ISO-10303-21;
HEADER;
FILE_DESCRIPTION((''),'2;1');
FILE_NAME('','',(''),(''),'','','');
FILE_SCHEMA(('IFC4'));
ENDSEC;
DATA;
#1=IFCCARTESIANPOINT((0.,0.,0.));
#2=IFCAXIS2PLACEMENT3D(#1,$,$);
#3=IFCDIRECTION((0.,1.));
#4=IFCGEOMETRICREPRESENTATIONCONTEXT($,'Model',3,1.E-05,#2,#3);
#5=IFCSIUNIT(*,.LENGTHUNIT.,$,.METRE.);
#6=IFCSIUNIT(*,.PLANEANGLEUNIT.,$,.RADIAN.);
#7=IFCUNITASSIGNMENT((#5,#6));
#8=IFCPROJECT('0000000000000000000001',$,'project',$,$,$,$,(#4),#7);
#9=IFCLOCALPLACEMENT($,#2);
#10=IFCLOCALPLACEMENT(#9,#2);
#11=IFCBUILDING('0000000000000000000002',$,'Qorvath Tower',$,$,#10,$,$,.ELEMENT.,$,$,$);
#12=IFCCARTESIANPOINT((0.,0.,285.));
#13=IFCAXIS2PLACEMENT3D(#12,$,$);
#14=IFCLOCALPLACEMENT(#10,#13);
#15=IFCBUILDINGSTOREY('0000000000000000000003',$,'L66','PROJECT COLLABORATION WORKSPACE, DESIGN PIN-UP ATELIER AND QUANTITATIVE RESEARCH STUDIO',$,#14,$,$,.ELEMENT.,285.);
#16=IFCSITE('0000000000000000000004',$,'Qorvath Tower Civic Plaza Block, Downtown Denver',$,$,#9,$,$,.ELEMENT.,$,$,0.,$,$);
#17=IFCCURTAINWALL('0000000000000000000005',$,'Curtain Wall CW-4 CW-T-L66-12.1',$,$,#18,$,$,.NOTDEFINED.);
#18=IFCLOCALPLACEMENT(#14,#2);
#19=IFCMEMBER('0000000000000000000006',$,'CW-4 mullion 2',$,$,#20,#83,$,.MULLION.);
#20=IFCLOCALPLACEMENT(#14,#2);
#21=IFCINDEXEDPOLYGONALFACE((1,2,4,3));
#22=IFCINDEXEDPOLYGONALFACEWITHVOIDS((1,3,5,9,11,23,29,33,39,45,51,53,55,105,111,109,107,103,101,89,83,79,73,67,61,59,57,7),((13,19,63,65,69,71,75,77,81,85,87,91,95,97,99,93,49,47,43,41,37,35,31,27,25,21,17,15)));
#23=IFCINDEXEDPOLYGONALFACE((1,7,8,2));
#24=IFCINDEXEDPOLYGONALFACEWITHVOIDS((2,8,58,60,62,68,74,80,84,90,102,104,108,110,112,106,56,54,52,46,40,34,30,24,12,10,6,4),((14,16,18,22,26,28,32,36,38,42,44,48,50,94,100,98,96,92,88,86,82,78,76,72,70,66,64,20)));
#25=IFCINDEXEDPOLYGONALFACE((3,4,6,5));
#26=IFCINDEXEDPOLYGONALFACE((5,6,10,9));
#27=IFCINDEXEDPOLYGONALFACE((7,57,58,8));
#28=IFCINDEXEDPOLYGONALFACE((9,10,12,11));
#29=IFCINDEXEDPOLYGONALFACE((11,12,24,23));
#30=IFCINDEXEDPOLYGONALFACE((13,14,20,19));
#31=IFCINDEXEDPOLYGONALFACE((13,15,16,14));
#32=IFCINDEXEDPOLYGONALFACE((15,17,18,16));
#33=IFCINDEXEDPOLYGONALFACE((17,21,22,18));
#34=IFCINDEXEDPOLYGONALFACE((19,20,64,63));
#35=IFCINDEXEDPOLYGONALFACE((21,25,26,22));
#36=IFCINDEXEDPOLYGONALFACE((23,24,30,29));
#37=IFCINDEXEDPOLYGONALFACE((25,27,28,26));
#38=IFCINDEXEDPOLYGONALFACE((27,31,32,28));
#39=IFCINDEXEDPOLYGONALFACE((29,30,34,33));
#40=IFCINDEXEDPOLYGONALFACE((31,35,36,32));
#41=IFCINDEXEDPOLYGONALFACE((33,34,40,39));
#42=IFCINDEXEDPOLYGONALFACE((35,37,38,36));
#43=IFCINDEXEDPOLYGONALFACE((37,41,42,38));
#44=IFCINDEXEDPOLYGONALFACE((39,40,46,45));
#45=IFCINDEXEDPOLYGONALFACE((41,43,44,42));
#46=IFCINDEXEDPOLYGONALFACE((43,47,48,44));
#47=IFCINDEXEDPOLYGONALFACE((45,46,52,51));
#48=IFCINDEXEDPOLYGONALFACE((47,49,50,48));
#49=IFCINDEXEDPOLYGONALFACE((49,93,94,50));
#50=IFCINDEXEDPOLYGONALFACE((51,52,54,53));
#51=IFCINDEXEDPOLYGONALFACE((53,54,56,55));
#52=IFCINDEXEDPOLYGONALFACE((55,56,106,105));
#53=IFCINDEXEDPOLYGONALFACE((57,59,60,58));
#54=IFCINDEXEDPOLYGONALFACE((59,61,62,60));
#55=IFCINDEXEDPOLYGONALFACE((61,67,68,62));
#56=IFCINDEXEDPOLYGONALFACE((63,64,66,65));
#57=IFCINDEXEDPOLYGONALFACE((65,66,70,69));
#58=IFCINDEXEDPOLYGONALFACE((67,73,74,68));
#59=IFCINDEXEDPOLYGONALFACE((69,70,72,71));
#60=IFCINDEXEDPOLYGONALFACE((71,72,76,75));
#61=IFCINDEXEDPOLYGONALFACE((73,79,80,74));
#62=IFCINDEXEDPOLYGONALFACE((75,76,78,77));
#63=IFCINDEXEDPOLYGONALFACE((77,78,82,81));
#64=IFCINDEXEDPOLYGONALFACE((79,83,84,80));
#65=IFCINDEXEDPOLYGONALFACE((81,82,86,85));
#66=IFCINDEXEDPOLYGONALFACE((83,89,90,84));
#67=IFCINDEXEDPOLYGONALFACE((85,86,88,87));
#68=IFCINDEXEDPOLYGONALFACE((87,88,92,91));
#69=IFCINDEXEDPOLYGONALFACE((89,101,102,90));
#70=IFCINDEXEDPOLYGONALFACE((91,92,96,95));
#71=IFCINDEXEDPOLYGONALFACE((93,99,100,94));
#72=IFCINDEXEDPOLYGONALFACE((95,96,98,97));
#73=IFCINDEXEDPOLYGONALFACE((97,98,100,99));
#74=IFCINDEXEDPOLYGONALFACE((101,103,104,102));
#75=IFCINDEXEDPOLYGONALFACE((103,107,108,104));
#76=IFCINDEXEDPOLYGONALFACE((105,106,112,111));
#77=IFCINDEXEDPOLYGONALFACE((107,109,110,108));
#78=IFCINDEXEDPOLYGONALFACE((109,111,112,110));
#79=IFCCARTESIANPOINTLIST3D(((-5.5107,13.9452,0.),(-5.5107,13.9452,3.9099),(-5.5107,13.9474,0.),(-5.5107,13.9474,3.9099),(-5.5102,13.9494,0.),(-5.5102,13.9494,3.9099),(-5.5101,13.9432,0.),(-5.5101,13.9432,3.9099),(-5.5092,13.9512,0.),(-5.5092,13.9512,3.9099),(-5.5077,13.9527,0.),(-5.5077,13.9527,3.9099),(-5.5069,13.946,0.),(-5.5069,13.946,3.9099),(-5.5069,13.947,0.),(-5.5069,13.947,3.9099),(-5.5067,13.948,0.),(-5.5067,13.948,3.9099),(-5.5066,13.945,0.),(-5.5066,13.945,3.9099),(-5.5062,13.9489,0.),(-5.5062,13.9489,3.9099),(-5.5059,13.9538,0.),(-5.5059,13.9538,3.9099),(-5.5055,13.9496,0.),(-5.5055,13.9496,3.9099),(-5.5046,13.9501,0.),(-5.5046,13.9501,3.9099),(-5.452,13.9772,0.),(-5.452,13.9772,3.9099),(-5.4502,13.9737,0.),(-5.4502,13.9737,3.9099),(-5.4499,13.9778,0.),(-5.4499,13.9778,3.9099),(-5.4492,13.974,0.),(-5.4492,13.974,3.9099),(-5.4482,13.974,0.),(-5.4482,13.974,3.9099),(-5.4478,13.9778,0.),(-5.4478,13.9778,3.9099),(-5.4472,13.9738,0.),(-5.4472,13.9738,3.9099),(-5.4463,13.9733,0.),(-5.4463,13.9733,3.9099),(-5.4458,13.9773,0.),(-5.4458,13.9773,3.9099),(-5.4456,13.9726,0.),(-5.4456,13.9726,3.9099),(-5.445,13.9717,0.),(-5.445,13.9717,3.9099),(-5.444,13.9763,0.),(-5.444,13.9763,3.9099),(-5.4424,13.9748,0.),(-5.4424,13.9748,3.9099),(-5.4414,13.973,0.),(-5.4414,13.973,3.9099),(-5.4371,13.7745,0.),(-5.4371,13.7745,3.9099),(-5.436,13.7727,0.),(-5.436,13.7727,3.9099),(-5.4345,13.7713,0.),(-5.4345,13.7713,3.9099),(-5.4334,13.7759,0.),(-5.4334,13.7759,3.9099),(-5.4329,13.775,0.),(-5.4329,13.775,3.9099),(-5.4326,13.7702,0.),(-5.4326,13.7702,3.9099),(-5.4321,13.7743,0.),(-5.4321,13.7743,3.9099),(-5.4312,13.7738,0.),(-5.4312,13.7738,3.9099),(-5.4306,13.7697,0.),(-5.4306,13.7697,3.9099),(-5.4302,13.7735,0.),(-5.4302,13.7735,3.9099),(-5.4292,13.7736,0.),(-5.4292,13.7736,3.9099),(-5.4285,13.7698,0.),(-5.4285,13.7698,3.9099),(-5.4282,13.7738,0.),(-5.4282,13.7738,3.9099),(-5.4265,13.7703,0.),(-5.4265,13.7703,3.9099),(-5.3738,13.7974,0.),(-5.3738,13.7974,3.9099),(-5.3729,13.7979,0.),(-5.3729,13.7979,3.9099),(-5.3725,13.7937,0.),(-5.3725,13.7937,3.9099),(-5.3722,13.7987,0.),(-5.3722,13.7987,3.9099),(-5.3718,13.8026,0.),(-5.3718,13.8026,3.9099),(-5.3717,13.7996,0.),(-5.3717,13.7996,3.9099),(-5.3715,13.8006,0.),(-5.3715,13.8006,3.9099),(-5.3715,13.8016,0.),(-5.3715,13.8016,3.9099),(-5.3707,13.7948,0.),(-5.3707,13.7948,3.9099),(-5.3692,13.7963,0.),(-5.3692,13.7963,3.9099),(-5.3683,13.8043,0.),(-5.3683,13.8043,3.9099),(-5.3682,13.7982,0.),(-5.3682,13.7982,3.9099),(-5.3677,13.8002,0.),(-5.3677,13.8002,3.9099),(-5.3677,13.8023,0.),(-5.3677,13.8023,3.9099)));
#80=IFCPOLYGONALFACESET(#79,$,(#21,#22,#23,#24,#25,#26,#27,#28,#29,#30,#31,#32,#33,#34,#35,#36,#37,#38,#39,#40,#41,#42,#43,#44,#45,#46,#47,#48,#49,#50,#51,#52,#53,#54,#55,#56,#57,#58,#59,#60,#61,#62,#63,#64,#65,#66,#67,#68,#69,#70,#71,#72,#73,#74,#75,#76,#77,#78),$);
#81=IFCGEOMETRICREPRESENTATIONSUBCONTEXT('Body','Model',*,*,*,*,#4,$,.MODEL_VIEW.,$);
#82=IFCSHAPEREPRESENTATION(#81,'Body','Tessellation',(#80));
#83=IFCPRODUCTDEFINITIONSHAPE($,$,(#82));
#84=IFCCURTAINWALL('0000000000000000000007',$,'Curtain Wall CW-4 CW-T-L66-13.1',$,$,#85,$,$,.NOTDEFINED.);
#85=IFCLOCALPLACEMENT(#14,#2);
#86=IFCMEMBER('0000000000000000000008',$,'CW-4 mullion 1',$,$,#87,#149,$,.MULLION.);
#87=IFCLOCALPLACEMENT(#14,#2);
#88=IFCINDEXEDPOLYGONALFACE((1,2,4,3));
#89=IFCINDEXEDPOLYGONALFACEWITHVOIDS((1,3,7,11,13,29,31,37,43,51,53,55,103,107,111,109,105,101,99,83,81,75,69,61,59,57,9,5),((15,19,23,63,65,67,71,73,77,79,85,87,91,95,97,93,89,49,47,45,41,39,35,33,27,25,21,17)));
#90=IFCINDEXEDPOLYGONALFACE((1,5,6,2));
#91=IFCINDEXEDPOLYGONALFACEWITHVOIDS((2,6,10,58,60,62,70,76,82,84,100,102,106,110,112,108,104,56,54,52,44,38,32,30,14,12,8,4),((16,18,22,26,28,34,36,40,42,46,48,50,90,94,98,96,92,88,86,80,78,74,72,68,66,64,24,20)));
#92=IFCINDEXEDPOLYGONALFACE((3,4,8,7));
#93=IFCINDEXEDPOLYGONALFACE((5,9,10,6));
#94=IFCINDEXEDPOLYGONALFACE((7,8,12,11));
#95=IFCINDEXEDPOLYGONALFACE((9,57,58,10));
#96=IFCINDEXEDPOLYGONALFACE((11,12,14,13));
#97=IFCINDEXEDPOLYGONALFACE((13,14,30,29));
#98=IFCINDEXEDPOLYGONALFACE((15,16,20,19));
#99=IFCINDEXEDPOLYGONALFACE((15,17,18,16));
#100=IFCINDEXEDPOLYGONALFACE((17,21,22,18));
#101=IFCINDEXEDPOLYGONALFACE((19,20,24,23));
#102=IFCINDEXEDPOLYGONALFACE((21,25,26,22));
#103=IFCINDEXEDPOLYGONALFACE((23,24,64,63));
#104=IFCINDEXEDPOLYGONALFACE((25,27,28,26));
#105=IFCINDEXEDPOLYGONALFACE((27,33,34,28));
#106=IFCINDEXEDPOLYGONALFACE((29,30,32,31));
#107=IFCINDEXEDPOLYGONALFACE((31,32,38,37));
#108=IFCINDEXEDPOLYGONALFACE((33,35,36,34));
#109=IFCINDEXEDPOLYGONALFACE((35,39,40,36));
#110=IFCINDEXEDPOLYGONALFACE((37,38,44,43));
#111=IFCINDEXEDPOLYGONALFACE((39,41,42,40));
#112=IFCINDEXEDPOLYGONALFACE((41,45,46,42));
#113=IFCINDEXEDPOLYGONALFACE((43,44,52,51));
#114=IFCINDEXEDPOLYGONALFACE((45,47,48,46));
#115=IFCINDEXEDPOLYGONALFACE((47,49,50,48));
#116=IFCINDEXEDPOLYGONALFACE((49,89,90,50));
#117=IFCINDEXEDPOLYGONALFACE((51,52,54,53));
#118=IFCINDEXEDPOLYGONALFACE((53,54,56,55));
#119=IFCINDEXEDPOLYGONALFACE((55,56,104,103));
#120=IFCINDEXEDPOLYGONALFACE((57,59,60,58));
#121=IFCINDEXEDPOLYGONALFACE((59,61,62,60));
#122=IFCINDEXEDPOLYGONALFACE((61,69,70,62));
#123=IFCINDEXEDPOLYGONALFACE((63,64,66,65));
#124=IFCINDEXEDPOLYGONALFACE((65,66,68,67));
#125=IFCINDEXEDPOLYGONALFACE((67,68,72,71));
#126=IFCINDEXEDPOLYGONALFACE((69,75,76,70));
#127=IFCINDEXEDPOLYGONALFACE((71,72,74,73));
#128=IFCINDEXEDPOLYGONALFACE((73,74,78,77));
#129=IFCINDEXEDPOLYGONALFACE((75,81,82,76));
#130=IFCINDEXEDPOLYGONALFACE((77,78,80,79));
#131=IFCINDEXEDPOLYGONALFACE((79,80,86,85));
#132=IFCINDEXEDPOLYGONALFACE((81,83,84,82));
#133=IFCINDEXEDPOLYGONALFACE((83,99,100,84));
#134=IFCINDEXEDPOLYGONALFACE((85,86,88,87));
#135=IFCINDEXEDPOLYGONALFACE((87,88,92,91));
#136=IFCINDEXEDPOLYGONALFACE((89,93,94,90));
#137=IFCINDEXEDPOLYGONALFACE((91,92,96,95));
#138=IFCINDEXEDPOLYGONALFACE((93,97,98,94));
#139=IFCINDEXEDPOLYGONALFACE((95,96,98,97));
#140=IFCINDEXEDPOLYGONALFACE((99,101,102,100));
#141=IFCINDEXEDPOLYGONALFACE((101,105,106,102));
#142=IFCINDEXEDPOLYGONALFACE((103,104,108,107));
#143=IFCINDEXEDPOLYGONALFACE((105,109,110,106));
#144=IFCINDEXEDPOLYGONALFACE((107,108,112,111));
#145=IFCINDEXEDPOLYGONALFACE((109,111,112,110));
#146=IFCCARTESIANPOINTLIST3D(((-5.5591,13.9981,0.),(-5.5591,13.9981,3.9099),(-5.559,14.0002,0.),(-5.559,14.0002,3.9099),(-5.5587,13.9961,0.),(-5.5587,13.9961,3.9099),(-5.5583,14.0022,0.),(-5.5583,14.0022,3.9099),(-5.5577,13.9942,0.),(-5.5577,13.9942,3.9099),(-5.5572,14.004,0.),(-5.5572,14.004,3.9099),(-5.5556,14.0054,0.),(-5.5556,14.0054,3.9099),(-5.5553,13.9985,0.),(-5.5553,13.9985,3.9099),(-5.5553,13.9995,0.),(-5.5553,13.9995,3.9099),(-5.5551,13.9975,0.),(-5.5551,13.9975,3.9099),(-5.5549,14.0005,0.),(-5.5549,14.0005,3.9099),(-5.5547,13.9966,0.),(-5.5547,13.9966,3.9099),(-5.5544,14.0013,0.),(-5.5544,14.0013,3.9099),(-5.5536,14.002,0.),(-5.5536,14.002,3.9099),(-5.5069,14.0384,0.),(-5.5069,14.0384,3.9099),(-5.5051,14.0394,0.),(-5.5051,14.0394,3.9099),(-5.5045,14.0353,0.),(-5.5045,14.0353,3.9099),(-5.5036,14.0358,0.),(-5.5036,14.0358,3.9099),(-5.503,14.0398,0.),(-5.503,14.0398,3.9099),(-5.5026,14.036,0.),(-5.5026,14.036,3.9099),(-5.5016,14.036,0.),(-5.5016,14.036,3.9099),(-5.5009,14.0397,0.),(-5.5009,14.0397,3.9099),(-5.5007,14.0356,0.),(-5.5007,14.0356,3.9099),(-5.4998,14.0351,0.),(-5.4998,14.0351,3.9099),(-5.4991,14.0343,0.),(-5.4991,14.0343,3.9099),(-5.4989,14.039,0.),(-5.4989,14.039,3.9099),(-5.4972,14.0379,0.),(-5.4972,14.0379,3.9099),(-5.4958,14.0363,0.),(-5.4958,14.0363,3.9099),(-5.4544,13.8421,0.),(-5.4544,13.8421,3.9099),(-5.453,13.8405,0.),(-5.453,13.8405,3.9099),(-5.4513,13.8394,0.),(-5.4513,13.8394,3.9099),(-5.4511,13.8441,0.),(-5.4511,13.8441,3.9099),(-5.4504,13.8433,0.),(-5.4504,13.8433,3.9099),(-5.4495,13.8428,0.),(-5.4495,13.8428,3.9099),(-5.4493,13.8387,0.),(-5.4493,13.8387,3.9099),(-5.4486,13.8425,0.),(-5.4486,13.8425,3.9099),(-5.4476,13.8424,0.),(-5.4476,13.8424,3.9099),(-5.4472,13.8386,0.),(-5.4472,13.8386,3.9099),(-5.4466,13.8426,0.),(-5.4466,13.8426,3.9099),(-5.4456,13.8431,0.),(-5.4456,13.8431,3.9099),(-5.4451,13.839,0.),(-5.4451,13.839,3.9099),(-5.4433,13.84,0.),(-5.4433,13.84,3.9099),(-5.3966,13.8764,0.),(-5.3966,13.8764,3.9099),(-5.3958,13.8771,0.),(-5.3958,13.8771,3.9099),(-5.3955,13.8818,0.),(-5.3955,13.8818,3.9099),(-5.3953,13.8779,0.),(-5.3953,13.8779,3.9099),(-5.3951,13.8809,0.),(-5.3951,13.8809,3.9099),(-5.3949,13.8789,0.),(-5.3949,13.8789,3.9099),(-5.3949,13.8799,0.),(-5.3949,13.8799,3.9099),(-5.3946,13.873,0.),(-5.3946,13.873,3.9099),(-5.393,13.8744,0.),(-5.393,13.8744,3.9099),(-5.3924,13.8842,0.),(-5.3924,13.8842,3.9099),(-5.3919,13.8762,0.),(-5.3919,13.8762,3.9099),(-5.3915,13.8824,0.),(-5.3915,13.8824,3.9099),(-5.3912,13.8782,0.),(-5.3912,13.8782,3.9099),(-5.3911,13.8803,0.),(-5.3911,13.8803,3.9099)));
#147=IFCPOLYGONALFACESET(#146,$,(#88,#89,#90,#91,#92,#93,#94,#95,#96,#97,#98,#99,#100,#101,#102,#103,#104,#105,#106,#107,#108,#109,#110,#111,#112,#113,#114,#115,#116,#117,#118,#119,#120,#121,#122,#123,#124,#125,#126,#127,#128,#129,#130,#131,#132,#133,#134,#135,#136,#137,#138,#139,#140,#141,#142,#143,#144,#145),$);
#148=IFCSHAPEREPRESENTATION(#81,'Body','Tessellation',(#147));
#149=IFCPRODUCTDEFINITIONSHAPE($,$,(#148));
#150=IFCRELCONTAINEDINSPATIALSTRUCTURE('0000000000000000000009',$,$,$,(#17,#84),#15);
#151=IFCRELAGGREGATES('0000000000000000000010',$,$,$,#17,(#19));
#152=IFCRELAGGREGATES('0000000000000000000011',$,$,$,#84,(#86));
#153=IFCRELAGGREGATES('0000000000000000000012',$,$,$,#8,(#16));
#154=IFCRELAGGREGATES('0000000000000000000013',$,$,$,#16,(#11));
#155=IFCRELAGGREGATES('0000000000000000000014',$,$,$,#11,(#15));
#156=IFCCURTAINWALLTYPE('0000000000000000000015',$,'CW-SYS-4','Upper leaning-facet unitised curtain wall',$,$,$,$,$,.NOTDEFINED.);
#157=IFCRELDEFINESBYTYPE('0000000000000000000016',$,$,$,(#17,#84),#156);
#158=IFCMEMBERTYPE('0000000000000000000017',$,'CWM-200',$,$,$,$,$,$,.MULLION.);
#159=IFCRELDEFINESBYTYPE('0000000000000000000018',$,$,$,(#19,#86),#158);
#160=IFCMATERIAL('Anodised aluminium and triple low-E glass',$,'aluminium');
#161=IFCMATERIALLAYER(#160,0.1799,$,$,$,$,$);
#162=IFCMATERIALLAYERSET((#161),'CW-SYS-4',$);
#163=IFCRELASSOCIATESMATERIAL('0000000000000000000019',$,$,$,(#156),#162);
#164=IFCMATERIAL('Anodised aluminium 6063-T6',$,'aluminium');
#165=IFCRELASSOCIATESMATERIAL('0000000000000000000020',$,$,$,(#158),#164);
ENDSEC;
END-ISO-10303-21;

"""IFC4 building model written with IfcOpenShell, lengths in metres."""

from ifc_helpers import new_model, si_unit, direction, frame, origin, origin_2d, place, context, subcontext, project, spatial, hollow_rectangle, extrude, material, layer, layer_set, material_profile, profile_set, type_object, element, aggregate, save


model = new_model("IFC4")

# Units and contexts
model_context = context("Model", 3, precision=1e-05, world=origin(), true_north=direction((0.0, 1.0)))
body_context = subcontext(model_context, "Body", "Model", "MODEL_VIEW")
ifc_project = project(units=[si_unit("LENGTHUNIT", "METRE"), si_unit("PLANEANGLEUNIT", "RADIAN")], contexts=[model_context])

# Site, building, storey
site_placement = place(None, origin())
site = spatial("IfcSite", under=ifc_project, at=site_placement, Name="Qorvath Tower Civic Plaza Block, Downtown Denver", CompositionType="ELEMENT", RefElevation=0.0)
building_placement = place(site_placement, origin())
building = spatial("IfcBuilding", under=site, at=building_placement, Name="Qorvath Tower", CompositionType="ELEMENT")
storey_placement = place(building_placement, frame((0.0, 0.0, 285.0)))
storey = spatial("IfcBuildingStorey", under=building, at=storey_placement, Name="L66", Description="PROJECT COLLABORATION WORKSPACE, DESIGN PIN-UP ATELIER AND QUANTITATIVE RESEARCH STUDIO", CompositionType="ELEMENT", Elevation=285.0)

# Curtain wall, member
ifc_material_1 = material(Name="Anodised aluminium and triple low-E glass", Category="aluminium")
ifc_layer_1 = layer(ifc_material_1, 0.1799)
ifc_layer_set_1 = layer_set([ifc_layer_1], Name="CW-SYS-4")
curtain_wall_type = type_object("IfcCurtainWallType", Name="CW-SYS-4", Description="Upper leaning-facet unitised curtain wall", PredefinedType="NOTDEFINED", material=ifc_layer_set_1)
curtain_wall_1_placement = place(storey_placement, origin())
curtain_wall_1 = element("IfcCurtainWall", 1, at=curtain_wall_1_placement, inside=storey, type_object=curtain_wall_type, Name="Curtain Wall CW-4 CW-T-L66-12.1", PredefinedType="NOTDEFINED")
ifc_material_2 = material(Name="Anodised aluminium 6063-T6", Category="aluminium")
ifc_material_profile_1 = material_profile(ifc_material_2, hollow_rectangle(XDim=0.075, YDim=0.2, WallThickness=0.0039, InnerFilletRadius=0.0039, OuterFilletRadius=0.0081, at=origin_2d()), Name="CWM 200x75")
ifc_profile_set_1 = profile_set([ifc_material_profile_1], Name="Anodised aluminium 6063-T6")
member_type_1 = type_object("IfcMemberType", Name="CWM-200", PredefinedType="MULLION", material=ifc_profile_set_1)
member_1_placement = place(storey_placement, frame((-5.4392, 13.8738, 0.0), z_axis=(0.0, 0.0, 1.0), x_axis=(-0.917598, -0.397509, 0.0)))
member_1 = element("IfcMember", 2, at=member_1_placement, type_object=member_type_1, Name="CW-4 mullion 2", PredefinedType="MULLION", context=body_context, shape_type="SweptSolid", body=[
    extrude(hollow_rectangle(XDim=0.075, YDim=0.2, WallThickness=0.0039, InnerFilletRadius=0.0039, OuterFilletRadius=0.0081, at=origin_2d()), origin(), (0.0, 0.0, 1.0), 3.9099),
])
aggregate(curtain_wall_1, [member_1])

# Curtain wall, member
curtain_wall_2_placement = place(storey_placement, origin())
curtain_wall_2 = element("IfcCurtainWall", 3, at=curtain_wall_2_placement, inside=storey, type_object=curtain_wall_type, Name="Curtain Wall CW-4 CW-T-L66-13.1", PredefinedType="NOTDEFINED")
member_2_placement = place(storey_placement, frame((-5.4751, 13.9392, 0.0), z_axis=(0.0, 0.0, 1.0), x_axis=(-0.827177, -0.561941, 0.0)))
member_2 = element("IfcMember", 4, at=member_2_placement, type_object=member_type_1, Name="CW-4 mullion 1", PredefinedType="MULLION", context=body_context, shape_type="SweptSolid", body=[
    extrude(hollow_rectangle(XDim=0.075, YDim=0.2, WallThickness=0.0039, InnerFilletRadius=0.0039, OuterFilletRadius=0.0081, at=origin_2d()), origin(), (0.0, 0.0, 1.0), 3.9099),
])

aggregate(curtain_wall_2, [member_2])

save(model, "model.ifc")
